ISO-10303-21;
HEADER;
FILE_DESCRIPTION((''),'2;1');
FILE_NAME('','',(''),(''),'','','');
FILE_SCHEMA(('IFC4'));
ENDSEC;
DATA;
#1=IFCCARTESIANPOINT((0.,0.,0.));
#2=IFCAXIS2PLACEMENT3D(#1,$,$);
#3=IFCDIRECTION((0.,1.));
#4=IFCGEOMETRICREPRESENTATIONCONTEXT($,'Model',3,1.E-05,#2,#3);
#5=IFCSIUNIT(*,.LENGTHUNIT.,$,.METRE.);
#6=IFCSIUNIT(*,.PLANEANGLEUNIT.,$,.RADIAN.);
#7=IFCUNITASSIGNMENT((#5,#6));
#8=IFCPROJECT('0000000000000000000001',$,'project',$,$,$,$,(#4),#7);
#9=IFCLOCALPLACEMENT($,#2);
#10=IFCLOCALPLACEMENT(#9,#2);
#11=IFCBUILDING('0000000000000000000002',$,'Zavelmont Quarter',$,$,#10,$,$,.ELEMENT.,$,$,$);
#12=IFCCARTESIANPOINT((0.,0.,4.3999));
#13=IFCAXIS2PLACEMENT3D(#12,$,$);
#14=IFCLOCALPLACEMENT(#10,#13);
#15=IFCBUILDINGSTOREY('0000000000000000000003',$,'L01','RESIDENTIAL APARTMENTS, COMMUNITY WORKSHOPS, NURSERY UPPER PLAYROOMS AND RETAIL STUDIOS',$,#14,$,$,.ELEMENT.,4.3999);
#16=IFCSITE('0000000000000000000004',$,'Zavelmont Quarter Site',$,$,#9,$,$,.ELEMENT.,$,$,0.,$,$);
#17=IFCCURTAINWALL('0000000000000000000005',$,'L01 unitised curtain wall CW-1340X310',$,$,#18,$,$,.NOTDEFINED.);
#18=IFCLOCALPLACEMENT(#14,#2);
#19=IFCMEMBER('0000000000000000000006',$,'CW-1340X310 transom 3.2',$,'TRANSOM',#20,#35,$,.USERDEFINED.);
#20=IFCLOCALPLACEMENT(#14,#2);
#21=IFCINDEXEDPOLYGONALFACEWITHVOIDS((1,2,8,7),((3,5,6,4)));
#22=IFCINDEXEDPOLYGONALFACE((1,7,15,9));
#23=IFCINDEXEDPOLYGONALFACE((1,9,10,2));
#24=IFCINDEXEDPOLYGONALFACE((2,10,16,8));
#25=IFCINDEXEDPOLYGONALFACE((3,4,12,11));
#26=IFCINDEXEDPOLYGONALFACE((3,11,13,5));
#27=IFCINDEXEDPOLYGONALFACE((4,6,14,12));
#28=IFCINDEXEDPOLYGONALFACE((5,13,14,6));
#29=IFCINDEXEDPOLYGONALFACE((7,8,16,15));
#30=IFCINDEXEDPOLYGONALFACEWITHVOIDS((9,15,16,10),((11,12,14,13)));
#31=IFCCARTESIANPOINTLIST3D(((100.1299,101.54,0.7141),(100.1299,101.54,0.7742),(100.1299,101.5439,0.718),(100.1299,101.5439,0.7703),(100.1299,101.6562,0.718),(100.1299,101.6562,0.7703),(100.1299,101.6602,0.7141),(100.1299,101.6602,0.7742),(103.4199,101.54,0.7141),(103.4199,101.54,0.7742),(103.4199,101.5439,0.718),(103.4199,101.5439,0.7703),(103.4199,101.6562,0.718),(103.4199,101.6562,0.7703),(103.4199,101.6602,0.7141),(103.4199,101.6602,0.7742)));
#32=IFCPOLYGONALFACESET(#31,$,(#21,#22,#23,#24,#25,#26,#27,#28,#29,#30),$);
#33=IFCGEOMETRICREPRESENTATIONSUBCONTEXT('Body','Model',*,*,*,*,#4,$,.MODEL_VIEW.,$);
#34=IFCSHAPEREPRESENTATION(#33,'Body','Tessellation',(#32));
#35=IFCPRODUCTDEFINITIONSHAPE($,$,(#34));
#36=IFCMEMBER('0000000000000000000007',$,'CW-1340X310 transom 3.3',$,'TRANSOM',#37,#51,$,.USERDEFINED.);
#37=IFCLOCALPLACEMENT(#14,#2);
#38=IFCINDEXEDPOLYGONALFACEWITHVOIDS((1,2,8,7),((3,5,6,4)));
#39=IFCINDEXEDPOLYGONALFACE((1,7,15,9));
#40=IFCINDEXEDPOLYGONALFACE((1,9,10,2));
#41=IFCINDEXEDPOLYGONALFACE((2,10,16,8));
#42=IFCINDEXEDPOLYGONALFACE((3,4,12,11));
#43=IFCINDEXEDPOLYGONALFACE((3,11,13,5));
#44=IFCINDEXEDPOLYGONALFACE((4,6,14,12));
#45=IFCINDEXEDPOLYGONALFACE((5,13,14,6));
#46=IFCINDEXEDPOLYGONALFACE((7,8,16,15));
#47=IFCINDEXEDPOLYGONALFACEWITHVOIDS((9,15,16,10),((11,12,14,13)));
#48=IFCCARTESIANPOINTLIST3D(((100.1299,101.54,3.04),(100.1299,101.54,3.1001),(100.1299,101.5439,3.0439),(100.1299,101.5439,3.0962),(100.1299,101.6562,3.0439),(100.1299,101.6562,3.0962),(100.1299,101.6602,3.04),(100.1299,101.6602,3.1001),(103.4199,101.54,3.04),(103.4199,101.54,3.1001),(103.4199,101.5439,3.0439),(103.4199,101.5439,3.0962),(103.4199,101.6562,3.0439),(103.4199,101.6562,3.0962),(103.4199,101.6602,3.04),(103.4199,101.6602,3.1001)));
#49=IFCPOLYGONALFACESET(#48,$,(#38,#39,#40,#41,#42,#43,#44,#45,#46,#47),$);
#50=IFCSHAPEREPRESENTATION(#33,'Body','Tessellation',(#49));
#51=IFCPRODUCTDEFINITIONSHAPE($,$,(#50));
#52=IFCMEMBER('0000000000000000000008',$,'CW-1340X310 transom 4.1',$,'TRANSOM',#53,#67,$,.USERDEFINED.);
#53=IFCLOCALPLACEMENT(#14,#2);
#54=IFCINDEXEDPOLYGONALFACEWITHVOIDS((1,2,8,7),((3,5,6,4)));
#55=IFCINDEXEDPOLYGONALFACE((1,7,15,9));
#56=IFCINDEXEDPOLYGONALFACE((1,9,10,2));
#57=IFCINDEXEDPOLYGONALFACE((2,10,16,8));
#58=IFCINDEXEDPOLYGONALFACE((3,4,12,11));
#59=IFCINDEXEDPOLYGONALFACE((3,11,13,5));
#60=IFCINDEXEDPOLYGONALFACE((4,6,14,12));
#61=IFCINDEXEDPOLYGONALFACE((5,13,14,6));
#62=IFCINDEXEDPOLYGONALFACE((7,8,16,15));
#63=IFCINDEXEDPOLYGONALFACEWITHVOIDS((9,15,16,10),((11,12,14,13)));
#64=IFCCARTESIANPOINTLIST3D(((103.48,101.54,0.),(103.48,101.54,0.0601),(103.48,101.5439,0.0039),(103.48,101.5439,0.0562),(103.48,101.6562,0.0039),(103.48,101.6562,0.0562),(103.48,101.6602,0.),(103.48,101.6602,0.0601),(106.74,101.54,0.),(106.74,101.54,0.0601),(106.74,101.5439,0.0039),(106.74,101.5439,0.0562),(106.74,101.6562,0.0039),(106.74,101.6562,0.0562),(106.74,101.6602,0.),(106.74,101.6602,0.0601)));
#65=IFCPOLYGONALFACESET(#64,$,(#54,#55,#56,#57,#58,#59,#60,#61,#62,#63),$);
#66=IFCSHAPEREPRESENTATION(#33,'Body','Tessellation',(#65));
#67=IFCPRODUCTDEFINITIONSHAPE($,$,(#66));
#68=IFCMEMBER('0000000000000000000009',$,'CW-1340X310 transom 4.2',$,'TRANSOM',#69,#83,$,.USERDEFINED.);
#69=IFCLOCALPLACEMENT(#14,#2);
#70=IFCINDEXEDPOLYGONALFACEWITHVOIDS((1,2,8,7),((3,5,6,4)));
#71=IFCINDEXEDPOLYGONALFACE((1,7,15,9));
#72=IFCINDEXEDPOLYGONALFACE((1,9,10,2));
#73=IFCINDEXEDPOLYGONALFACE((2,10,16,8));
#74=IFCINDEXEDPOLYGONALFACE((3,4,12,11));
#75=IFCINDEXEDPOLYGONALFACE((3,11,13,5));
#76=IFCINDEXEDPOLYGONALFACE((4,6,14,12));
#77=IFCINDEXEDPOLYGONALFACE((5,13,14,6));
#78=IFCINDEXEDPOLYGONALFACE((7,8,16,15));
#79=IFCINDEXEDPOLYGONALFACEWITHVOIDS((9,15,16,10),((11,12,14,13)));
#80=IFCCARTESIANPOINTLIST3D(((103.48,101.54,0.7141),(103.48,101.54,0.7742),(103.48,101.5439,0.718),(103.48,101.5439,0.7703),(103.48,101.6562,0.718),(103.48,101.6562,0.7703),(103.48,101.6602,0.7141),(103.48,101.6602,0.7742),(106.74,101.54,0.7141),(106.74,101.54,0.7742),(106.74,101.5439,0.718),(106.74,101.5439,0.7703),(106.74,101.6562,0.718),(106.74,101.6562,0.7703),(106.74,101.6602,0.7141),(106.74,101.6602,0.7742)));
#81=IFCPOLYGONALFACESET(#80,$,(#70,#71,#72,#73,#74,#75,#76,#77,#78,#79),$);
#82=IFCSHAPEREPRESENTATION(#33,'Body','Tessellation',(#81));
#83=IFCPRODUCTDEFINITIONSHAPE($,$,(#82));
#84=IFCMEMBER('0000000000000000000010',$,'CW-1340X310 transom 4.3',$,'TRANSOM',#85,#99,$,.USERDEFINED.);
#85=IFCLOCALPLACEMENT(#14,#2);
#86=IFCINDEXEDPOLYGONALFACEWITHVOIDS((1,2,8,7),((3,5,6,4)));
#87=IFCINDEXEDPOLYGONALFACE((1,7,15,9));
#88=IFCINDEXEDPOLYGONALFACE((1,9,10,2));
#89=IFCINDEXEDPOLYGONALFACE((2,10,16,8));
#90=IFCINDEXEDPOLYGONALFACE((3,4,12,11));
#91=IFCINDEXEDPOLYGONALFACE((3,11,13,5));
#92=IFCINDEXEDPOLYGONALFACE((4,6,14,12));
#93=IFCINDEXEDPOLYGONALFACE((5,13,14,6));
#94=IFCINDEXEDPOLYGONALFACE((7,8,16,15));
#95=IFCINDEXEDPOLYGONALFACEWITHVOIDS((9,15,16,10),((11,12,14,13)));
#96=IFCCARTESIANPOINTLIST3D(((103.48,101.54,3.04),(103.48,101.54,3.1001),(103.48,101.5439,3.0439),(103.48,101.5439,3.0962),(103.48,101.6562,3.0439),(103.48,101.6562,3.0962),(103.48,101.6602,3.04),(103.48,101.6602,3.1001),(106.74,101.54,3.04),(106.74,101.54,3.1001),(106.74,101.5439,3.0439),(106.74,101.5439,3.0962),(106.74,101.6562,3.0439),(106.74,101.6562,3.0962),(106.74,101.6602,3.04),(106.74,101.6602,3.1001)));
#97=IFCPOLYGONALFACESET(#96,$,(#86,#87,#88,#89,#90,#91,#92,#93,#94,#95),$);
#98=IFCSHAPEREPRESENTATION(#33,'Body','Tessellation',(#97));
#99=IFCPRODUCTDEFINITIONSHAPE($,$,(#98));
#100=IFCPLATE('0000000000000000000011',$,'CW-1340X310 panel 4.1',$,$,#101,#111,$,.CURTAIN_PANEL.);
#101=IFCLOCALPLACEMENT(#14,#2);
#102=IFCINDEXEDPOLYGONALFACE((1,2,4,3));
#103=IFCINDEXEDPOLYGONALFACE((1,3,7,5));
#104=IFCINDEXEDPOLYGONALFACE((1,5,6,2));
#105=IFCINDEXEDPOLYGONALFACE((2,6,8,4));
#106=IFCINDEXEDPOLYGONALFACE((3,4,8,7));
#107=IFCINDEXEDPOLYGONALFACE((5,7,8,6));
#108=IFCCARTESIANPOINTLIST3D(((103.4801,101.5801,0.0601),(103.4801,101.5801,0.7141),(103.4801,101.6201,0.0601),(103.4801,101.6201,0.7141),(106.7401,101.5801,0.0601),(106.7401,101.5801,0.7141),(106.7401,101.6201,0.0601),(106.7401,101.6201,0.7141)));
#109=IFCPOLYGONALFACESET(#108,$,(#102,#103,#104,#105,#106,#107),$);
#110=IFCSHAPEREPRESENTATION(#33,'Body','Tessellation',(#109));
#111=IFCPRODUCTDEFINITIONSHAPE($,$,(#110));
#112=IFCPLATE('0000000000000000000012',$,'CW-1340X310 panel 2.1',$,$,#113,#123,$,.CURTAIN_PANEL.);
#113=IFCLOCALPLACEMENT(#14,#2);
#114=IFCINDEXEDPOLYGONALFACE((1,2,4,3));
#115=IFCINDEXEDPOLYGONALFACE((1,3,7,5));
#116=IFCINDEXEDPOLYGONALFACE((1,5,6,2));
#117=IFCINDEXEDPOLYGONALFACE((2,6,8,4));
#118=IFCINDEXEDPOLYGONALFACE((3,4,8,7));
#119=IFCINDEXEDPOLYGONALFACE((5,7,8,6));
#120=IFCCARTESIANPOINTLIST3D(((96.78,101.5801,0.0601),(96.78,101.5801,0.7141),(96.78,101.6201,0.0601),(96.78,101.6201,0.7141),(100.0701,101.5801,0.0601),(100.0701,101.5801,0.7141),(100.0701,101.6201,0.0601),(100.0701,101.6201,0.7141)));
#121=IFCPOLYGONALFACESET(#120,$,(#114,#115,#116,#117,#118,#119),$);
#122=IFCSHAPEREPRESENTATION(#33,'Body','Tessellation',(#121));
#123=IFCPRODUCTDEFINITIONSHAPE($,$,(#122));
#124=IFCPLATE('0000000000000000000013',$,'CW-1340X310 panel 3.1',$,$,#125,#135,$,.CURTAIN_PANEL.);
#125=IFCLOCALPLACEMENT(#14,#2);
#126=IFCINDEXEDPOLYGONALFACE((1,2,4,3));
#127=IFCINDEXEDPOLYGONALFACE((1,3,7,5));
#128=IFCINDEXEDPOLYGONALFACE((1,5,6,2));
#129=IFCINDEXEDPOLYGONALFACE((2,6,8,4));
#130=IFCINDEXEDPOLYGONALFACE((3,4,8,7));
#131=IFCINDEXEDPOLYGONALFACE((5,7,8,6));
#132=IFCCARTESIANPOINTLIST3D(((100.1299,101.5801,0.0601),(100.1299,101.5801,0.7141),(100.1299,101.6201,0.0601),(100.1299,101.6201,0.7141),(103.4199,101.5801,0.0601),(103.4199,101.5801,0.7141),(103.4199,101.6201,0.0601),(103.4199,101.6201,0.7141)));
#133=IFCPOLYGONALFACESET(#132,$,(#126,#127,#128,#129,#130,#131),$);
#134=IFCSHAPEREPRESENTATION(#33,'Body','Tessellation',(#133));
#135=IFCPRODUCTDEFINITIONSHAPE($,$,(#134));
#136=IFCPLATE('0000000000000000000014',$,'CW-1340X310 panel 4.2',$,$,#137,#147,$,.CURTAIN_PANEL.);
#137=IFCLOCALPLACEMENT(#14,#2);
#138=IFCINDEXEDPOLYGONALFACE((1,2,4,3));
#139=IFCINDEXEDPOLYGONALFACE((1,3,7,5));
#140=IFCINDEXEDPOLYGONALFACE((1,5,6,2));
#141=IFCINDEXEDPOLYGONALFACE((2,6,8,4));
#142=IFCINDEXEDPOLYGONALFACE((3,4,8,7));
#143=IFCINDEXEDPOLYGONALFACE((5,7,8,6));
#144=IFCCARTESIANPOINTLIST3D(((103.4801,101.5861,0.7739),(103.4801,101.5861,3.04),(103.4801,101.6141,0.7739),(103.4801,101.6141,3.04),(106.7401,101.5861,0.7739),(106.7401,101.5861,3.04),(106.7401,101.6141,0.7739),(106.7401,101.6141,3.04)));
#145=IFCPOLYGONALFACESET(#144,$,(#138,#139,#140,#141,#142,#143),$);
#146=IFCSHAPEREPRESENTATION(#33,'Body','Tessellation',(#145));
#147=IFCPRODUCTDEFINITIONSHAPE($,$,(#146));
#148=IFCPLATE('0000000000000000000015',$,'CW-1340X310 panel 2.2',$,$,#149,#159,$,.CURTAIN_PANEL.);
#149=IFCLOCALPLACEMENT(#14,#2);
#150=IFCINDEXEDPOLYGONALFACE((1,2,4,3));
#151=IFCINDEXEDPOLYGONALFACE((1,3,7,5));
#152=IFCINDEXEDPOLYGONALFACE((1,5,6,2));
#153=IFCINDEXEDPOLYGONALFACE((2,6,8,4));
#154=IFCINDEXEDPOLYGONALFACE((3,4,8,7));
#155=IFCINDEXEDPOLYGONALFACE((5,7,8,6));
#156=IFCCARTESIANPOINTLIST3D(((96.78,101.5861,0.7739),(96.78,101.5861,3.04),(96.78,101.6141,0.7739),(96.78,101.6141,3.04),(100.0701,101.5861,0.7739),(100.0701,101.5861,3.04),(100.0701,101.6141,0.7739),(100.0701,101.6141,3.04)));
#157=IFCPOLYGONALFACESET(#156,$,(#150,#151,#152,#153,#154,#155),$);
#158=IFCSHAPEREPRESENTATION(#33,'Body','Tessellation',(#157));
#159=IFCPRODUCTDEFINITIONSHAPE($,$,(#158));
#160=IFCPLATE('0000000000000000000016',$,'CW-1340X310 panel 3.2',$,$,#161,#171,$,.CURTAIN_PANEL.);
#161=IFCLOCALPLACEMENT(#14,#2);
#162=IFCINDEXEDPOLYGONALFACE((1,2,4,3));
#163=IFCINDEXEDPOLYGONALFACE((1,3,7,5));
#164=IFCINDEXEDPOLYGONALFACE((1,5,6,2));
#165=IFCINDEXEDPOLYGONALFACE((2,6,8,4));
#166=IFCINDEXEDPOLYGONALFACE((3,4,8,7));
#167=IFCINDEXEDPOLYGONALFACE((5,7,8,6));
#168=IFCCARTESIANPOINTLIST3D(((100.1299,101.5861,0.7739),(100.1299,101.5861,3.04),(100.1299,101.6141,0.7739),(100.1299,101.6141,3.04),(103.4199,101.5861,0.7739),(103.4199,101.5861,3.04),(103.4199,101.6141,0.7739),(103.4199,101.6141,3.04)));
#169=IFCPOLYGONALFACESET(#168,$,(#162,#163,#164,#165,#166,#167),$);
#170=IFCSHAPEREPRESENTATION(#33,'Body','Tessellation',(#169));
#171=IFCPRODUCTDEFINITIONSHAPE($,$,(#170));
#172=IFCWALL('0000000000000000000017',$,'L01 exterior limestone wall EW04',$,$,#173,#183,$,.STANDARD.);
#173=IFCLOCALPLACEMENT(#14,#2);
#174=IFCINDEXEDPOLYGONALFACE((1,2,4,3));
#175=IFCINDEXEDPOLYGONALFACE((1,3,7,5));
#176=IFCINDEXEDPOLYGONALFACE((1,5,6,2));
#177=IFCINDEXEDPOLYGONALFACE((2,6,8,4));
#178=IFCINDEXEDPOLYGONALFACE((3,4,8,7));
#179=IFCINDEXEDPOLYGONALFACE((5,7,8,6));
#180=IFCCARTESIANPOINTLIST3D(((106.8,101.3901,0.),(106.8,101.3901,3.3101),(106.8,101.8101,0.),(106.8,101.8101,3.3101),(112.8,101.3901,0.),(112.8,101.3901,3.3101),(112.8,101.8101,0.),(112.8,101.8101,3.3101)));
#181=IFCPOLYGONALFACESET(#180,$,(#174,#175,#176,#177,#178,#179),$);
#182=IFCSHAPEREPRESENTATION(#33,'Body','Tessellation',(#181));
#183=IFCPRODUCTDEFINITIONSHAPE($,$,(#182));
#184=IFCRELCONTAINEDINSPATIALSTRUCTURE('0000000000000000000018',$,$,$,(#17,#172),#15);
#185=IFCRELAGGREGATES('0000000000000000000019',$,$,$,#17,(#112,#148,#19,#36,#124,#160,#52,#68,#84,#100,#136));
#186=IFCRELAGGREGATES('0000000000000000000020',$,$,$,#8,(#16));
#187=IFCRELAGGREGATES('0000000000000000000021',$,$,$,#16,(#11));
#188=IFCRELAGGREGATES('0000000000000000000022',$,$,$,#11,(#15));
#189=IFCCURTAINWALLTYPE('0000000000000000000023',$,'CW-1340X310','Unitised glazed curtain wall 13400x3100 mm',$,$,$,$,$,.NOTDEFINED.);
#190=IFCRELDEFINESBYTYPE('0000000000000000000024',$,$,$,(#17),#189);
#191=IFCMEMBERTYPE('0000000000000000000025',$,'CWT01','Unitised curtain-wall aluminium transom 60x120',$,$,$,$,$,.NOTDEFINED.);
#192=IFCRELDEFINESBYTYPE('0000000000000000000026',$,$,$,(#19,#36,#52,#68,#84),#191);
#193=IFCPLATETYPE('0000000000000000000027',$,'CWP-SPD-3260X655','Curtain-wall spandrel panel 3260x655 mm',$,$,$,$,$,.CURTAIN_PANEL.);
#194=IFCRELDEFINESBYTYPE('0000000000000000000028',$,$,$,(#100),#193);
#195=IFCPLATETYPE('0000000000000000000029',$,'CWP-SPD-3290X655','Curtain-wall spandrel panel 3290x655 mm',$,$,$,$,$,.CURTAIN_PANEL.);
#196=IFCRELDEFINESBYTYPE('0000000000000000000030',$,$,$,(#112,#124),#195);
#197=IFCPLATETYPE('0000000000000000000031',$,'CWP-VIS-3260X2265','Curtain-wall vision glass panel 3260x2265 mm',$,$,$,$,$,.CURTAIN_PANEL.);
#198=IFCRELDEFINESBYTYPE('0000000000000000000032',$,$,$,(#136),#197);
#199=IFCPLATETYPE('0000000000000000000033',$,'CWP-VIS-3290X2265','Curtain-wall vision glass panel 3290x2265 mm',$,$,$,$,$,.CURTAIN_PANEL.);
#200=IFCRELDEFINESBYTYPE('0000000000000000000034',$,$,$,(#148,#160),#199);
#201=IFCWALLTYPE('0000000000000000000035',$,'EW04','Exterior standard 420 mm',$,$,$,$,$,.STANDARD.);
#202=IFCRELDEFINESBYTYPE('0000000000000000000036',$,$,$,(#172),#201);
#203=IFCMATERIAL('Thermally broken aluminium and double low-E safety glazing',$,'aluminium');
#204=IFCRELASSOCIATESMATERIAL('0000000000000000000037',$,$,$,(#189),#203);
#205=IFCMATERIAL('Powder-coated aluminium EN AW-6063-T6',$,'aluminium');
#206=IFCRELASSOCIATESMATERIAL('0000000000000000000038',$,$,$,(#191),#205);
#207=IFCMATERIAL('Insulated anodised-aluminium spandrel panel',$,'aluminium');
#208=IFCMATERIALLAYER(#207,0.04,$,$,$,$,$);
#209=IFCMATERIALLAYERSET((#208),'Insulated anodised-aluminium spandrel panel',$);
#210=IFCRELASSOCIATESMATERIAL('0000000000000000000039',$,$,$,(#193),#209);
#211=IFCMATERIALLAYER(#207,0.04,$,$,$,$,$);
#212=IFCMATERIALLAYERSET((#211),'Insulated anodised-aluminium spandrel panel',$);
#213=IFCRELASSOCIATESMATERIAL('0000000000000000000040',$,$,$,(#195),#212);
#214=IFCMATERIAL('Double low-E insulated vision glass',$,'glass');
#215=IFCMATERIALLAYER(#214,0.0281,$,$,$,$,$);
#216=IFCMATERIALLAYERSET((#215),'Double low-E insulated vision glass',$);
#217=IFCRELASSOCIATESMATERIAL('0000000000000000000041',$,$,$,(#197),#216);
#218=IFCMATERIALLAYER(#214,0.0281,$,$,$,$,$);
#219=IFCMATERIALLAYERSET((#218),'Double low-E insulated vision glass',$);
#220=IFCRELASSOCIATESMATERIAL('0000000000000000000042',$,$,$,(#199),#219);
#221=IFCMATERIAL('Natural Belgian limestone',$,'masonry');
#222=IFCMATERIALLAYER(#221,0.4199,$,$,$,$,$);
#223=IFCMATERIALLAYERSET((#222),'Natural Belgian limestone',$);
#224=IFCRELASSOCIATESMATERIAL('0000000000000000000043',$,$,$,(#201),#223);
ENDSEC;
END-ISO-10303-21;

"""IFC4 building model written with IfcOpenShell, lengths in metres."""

from ifc_helpers import new_model, si_unit, direction, frame, frame_2d, origin, origin_2d, place, context, subcontext, project, spatial, rectangle, hollow_rectangle, extrude, material, layer, layer_set, material_profile, profile_set, type_object, element, aggregate, save


model = new_model("IFC4")

# Units and contexts
model_context = context("Model", 3, precision=1e-05, world=origin(), true_north=direction((0.0, 1.0)))
body_context = subcontext(model_context, "Body", "Model", "MODEL_VIEW")
ifc_project = project(units=[si_unit("LENGTHUNIT", "METRE"), si_unit("PLANEANGLEUNIT", "RADIAN")], contexts=[model_context])

# Site, building, storey
site_placement = place(None, origin())
site = spatial("IfcSite", under=ifc_project, at=site_placement, Name="Zavelmont Quarter Site", CompositionType="ELEMENT", RefElevation=0.0)
building_placement = place(site_placement, origin())
building = spatial("IfcBuilding", under=site, at=building_placement, Name="Zavelmont Quarter", CompositionType="ELEMENT")
storey_placement = place(building_placement, frame((0.0, 0.0, 4.3999)))
storey = spatial("IfcBuildingStorey", under=building, at=storey_placement, Name="L01", Description="RESIDENTIAL APARTMENTS, COMMUNITY WORKSHOPS, NURSERY UPPER PLAYROOMS AND RETAIL STUDIOS", CompositionType="ELEMENT", Elevation=4.3999)

# Curtain wall, members, plates
ifc_material_1 = material(Name="Thermally broken aluminium and double low-E safety glazing", Category="aluminium")
curtain_wall_type = type_object("IfcCurtainWallType", Name="CW-1340X310", Description="Unitised glazed curtain wall 13400x3100 mm", PredefinedType="NOTDEFINED", material=ifc_material_1)
curtain_wall_placement = place(storey_placement, origin())
curtain_wall = element("IfcCurtainWall", 1, at=curtain_wall_placement, inside=storey, type_object=curtain_wall_type, Name="L01 unitised curtain wall CW-1340X310", PredefinedType="NOTDEFINED")
ifc_material_2 = material(Name="Powder-coated aluminium EN AW-6063-T6", Category="aluminium")
ifc_material_profile_1 = material_profile(ifc_material_2, hollow_rectangle(XDim=0.1201, YDim=0.0601, WallThickness=0.0039, at=origin_2d()), Name="CWT60X120")
ifc_profile_set_1 = profile_set([ifc_material_profile_1], Name="Powder-coated aluminium EN AW-6063-T6")
member_type_1 = type_object("IfcMemberType", Name="CWT01", Description="Unitised curtain-wall aluminium transom 60x120", PredefinedType="NOTDEFINED", material=ifc_profile_set_1)
member_1_placement = place(storey_placement, frame((100.1299, 101.6001, 0.7441), z_axis=(1.0, 0.0, 0.0), x_axis=(0.0, 1.0, 0.0)))
member_1 = element("IfcMember", 2, at=member_1_placement, type_object=member_type_1, Name="CW-1340X310 transom 3.2", ObjectType="TRANSOM", PredefinedType="USERDEFINED", context=body_context, shape_type="SweptSolid", body=[
    extrude(hollow_rectangle(XDim=0.1201, YDim=0.0601, WallThickness=0.0039, at=origin_2d()), origin(), (0.0, 0.0, 1.0), 3.29),
])
member_2_placement = place(storey_placement, frame((100.1299, 101.6001, 3.0701), z_axis=(1.0, 0.0, 0.0), x_axis=(0.0, 1.0, 0.0)))
member_2 = element("IfcMember", 3, at=member_2_placement, type_object=member_type_1, Name="CW-1340X310 transom 3.3", ObjectType="TRANSOM", PredefinedType="USERDEFINED", context=body_context, shape_type="SweptSolid", body=[
    extrude(hollow_rectangle(XDim=0.1201, YDim=0.0601, WallThickness=0.0039, at=origin_2d()), origin(), (0.0, 0.0, 1.0), 3.29),
])
member_3_placement = place(storey_placement, frame((103.48, 101.6001, 0.03), z_axis=(1.0, 0.0, 0.0), x_axis=(0.0, 1.0, 0.0)))
member_3 = element("IfcMember", 4, at=member_3_placement, type_object=member_type_1, Name="CW-1340X310 transom 4.1", ObjectType="TRANSOM", PredefinedType="USERDEFINED", context=body_context, shape_type="SweptSolid", body=[
    extrude(hollow_rectangle(XDim=0.1201, YDim=0.0601, WallThickness=0.0039, at=origin_2d()), origin(), (0.0, 0.0, 1.0), 3.26),
])
member_4_placement = place(storey_placement, frame((103.48, 101.6001, 0.7441), z_axis=(1.0, 0.0, 0.0), x_axis=(0.0, 1.0, 0.0)))
member_4 = element("IfcMember", 5, at=member_4_placement, type_object=member_type_1, Name="CW-1340X310 transom 4.2", ObjectType="TRANSOM", PredefinedType="USERDEFINED", context=body_context, shape_type="SweptSolid", body=[
    extrude(hollow_rectangle(XDim=0.1201, YDim=0.0601, WallThickness=0.0039, at=origin_2d()), origin(), (0.0, 0.0, 1.0), 3.26),
])
member_5_placement = place(storey_placement, frame((103.48, 101.6001, 3.0701), z_axis=(1.0, 0.0, 0.0), x_axis=(0.0, 1.0, 0.0)))
member_5 = element("IfcMember", 6, at=member_5_placement, type_object=member_type_1, Name="CW-1340X310 transom 4.3", ObjectType="TRANSOM", PredefinedType="USERDEFINED", context=body_context, shape_type="SweptSolid", body=[
    extrude(hollow_rectangle(XDim=0.1201, YDim=0.0601, WallThickness=0.0039, at=origin_2d()), origin(), (0.0, 0.0, 1.0), 3.26),
])
ifc_material_3 = material(Name="Insulated anodised-aluminium spandrel panel", Category="aluminium")
ifc_layer_1 = layer(ifc_material_3, 0.04)
ifc_layer_set_1 = layer_set([ifc_layer_1], Name="Insulated anodised-aluminium spandrel panel")
plate_type_1 = type_object("IfcPlateType", Name="CWP-SPD-3260X655", Description="Curtain-wall spandrel panel 3260x655 mm", PredefinedType="CURTAIN_PANEL", material=ifc_layer_set_1)
plate_1_placement = place(storey_placement, frame((105.1101, 101.6001, 0.0601), z_axis=(0.0, 0.0, 1.0), x_axis=(1.0, 0.0, 0.0)))
plate_1 = element("IfcPlate", 7, at=plate_1_placement, type_object=plate_type_1, Name="CW-1340X310 panel 4.1", PredefinedType="CURTAIN_PANEL", context=body_context, shape_type="SweptSolid", body=[
    extrude(rectangle(XDim=3.26, YDim=0.04, at=origin_2d()), origin(), (0.0, 0.0, 1.0), 0.6541),
])
ifc_layer_2 = layer(ifc_material_3, 0.04)
ifc_layer_set_2 = layer_set([ifc_layer_2], Name="Insulated anodised-aluminium spandrel panel")
plate_type_2 = type_object("IfcPlateType", Name="CWP-SPD-3290X655", Description="Curtain-wall spandrel panel 3290x655 mm", PredefinedType="CURTAIN_PANEL", material=ifc_layer_set_2)
plate_2_placement = place(storey_placement, frame((98.425, 101.6001, 0.0601), z_axis=(0.0, 0.0, 1.0), x_axis=(1.0, 0.0, 0.0)))
plate_2 = element("IfcPlate", 8, at=plate_2_placement, type_object=plate_type_2, Name="CW-1340X310 panel 2.1", PredefinedType="CURTAIN_PANEL", context=body_context, shape_type="SweptSolid", body=[
    extrude(rectangle(XDim=3.29, YDim=0.04, at=origin_2d()), origin(), (0.0, 0.0, 1.0), 0.6541),
])
plate_3_placement = place(storey_placement, frame((101.7749, 101.6001, 0.0601), z_axis=(0.0, 0.0, 1.0), x_axis=(1.0, 0.0, 0.0)))
plate_3 = element("IfcPlate", 9, at=plate_3_placement, type_object=plate_type_2, Name="CW-1340X310 panel 3.1", PredefinedType="CURTAIN_PANEL", context=body_context, shape_type="SweptSolid", body=[
    extrude(rectangle(XDim=3.29, YDim=0.04, at=origin_2d()), origin(), (0.0, 0.0, 1.0), 0.6541),
])
ifc_material_4 = material(Name="Double low-E insulated vision glass", Category="glass")
ifc_layer_3 = layer(ifc_material_4, 0.0281)
ifc_layer_set_3 = layer_set([ifc_layer_3], Name="Double low-E insulated vision glass")
plate_type_3 = type_object("IfcPlateType", Name="CWP-VIS-3260X2265", Description="Curtain-wall vision glass panel 3260x2265 mm", PredefinedType="CURTAIN_PANEL", material=ifc_layer_set_3)
plate_4_placement = place(storey_placement, frame((105.1101, 101.6001, 0.7739), z_axis=(0.0, 0.0, 1.0), x_axis=(1.0, 0.0, 0.0)))
plate_4 = element("IfcPlate", 10, at=plate_4_placement, type_object=plate_type_3, Name="CW-1340X310 panel 4.2", PredefinedType="CURTAIN_PANEL", context=body_context, shape_type="SweptSolid", body=[
    extrude(rectangle(XDim=3.26, YDim=0.0281, at=origin_2d()), origin(), (0.0, 0.0, 1.0), 2.2661),
])
ifc_layer_4 = layer(ifc_material_4, 0.0281)
ifc_layer_set_4 = layer_set([ifc_layer_4], Name="Double low-E insulated vision glass")
plate_type_4 = type_object("IfcPlateType", Name="CWP-VIS-3290X2265", Description="Curtain-wall vision glass panel 3290x2265 mm", PredefinedType="CURTAIN_PANEL", material=ifc_layer_set_4)
plate_5_placement = place(storey_placement, frame((98.425, 101.6001, 0.7739), z_axis=(0.0, 0.0, 1.0), x_axis=(1.0, 0.0, 0.0)))
plate_5 = element("IfcPlate", 11, at=plate_5_placement, type_object=plate_type_4, Name="CW-1340X310 panel 2.2", PredefinedType="CURTAIN_PANEL", context=body_context, shape_type="SweptSolid", body=[
    extrude(rectangle(XDim=3.29, YDim=0.0281, at=origin_2d()), origin(), (0.0, 0.0, 1.0), 2.2661),
])
plate_6_placement = place(storey_placement, frame((101.7749, 101.6001, 0.7739), z_axis=(0.0, 0.0, 1.0), x_axis=(1.0, 0.0, 0.0)))
plate_6 = element("IfcPlate", 12, at=plate_6_placement, type_object=plate_type_4, Name="CW-1340X310 panel 3.2", PredefinedType="CURTAIN_PANEL", context=body_context, shape_type="SweptSolid", body=[
    extrude(rectangle(XDim=3.29, YDim=0.0281, at=origin_2d()), origin(), (0.0, 0.0, 1.0), 2.2661),
])
aggregate(curtain_wall, [plate_2, plate_5, member_1, member_2, plate_3, plate_6, member_3, member_4, member_5, plate_1, plate_4])

# Wall
ifc_material_5 = material(Name="Natural Belgian limestone", Category="masonry")
ifc_layer_5 = layer(ifc_material_5, 0.4199)
ifc_layer_set_5 = layer_set([ifc_layer_5], Name="Natural Belgian limestone")
wall_type = type_object("IfcWallType", Name="EW04", Description="Exterior standard 420 mm", PredefinedType="STANDARD", material=ifc_layer_set_5)
wall_placement = place(storey_placement, frame((106.8, 101.6001, 0.0), z_axis=(0.0, 0.0, 1.0), x_axis=(1.0, 0.0, 0.0)))
element("IfcWall", 13, at=wall_placement, inside=storey, type_object=wall_type, Name="L01 exterior limestone wall EW04", PredefinedType="STANDARD", context=body_context, shape_type="SweptSolid", body=[
    extrude(rectangle(XDim=6.0, YDim=0.4199, at=frame_2d((3.0, 0.0))), origin(), (0.0, 0.0, 1.0), 3.3101),
])

save(model, "model.ifc")
